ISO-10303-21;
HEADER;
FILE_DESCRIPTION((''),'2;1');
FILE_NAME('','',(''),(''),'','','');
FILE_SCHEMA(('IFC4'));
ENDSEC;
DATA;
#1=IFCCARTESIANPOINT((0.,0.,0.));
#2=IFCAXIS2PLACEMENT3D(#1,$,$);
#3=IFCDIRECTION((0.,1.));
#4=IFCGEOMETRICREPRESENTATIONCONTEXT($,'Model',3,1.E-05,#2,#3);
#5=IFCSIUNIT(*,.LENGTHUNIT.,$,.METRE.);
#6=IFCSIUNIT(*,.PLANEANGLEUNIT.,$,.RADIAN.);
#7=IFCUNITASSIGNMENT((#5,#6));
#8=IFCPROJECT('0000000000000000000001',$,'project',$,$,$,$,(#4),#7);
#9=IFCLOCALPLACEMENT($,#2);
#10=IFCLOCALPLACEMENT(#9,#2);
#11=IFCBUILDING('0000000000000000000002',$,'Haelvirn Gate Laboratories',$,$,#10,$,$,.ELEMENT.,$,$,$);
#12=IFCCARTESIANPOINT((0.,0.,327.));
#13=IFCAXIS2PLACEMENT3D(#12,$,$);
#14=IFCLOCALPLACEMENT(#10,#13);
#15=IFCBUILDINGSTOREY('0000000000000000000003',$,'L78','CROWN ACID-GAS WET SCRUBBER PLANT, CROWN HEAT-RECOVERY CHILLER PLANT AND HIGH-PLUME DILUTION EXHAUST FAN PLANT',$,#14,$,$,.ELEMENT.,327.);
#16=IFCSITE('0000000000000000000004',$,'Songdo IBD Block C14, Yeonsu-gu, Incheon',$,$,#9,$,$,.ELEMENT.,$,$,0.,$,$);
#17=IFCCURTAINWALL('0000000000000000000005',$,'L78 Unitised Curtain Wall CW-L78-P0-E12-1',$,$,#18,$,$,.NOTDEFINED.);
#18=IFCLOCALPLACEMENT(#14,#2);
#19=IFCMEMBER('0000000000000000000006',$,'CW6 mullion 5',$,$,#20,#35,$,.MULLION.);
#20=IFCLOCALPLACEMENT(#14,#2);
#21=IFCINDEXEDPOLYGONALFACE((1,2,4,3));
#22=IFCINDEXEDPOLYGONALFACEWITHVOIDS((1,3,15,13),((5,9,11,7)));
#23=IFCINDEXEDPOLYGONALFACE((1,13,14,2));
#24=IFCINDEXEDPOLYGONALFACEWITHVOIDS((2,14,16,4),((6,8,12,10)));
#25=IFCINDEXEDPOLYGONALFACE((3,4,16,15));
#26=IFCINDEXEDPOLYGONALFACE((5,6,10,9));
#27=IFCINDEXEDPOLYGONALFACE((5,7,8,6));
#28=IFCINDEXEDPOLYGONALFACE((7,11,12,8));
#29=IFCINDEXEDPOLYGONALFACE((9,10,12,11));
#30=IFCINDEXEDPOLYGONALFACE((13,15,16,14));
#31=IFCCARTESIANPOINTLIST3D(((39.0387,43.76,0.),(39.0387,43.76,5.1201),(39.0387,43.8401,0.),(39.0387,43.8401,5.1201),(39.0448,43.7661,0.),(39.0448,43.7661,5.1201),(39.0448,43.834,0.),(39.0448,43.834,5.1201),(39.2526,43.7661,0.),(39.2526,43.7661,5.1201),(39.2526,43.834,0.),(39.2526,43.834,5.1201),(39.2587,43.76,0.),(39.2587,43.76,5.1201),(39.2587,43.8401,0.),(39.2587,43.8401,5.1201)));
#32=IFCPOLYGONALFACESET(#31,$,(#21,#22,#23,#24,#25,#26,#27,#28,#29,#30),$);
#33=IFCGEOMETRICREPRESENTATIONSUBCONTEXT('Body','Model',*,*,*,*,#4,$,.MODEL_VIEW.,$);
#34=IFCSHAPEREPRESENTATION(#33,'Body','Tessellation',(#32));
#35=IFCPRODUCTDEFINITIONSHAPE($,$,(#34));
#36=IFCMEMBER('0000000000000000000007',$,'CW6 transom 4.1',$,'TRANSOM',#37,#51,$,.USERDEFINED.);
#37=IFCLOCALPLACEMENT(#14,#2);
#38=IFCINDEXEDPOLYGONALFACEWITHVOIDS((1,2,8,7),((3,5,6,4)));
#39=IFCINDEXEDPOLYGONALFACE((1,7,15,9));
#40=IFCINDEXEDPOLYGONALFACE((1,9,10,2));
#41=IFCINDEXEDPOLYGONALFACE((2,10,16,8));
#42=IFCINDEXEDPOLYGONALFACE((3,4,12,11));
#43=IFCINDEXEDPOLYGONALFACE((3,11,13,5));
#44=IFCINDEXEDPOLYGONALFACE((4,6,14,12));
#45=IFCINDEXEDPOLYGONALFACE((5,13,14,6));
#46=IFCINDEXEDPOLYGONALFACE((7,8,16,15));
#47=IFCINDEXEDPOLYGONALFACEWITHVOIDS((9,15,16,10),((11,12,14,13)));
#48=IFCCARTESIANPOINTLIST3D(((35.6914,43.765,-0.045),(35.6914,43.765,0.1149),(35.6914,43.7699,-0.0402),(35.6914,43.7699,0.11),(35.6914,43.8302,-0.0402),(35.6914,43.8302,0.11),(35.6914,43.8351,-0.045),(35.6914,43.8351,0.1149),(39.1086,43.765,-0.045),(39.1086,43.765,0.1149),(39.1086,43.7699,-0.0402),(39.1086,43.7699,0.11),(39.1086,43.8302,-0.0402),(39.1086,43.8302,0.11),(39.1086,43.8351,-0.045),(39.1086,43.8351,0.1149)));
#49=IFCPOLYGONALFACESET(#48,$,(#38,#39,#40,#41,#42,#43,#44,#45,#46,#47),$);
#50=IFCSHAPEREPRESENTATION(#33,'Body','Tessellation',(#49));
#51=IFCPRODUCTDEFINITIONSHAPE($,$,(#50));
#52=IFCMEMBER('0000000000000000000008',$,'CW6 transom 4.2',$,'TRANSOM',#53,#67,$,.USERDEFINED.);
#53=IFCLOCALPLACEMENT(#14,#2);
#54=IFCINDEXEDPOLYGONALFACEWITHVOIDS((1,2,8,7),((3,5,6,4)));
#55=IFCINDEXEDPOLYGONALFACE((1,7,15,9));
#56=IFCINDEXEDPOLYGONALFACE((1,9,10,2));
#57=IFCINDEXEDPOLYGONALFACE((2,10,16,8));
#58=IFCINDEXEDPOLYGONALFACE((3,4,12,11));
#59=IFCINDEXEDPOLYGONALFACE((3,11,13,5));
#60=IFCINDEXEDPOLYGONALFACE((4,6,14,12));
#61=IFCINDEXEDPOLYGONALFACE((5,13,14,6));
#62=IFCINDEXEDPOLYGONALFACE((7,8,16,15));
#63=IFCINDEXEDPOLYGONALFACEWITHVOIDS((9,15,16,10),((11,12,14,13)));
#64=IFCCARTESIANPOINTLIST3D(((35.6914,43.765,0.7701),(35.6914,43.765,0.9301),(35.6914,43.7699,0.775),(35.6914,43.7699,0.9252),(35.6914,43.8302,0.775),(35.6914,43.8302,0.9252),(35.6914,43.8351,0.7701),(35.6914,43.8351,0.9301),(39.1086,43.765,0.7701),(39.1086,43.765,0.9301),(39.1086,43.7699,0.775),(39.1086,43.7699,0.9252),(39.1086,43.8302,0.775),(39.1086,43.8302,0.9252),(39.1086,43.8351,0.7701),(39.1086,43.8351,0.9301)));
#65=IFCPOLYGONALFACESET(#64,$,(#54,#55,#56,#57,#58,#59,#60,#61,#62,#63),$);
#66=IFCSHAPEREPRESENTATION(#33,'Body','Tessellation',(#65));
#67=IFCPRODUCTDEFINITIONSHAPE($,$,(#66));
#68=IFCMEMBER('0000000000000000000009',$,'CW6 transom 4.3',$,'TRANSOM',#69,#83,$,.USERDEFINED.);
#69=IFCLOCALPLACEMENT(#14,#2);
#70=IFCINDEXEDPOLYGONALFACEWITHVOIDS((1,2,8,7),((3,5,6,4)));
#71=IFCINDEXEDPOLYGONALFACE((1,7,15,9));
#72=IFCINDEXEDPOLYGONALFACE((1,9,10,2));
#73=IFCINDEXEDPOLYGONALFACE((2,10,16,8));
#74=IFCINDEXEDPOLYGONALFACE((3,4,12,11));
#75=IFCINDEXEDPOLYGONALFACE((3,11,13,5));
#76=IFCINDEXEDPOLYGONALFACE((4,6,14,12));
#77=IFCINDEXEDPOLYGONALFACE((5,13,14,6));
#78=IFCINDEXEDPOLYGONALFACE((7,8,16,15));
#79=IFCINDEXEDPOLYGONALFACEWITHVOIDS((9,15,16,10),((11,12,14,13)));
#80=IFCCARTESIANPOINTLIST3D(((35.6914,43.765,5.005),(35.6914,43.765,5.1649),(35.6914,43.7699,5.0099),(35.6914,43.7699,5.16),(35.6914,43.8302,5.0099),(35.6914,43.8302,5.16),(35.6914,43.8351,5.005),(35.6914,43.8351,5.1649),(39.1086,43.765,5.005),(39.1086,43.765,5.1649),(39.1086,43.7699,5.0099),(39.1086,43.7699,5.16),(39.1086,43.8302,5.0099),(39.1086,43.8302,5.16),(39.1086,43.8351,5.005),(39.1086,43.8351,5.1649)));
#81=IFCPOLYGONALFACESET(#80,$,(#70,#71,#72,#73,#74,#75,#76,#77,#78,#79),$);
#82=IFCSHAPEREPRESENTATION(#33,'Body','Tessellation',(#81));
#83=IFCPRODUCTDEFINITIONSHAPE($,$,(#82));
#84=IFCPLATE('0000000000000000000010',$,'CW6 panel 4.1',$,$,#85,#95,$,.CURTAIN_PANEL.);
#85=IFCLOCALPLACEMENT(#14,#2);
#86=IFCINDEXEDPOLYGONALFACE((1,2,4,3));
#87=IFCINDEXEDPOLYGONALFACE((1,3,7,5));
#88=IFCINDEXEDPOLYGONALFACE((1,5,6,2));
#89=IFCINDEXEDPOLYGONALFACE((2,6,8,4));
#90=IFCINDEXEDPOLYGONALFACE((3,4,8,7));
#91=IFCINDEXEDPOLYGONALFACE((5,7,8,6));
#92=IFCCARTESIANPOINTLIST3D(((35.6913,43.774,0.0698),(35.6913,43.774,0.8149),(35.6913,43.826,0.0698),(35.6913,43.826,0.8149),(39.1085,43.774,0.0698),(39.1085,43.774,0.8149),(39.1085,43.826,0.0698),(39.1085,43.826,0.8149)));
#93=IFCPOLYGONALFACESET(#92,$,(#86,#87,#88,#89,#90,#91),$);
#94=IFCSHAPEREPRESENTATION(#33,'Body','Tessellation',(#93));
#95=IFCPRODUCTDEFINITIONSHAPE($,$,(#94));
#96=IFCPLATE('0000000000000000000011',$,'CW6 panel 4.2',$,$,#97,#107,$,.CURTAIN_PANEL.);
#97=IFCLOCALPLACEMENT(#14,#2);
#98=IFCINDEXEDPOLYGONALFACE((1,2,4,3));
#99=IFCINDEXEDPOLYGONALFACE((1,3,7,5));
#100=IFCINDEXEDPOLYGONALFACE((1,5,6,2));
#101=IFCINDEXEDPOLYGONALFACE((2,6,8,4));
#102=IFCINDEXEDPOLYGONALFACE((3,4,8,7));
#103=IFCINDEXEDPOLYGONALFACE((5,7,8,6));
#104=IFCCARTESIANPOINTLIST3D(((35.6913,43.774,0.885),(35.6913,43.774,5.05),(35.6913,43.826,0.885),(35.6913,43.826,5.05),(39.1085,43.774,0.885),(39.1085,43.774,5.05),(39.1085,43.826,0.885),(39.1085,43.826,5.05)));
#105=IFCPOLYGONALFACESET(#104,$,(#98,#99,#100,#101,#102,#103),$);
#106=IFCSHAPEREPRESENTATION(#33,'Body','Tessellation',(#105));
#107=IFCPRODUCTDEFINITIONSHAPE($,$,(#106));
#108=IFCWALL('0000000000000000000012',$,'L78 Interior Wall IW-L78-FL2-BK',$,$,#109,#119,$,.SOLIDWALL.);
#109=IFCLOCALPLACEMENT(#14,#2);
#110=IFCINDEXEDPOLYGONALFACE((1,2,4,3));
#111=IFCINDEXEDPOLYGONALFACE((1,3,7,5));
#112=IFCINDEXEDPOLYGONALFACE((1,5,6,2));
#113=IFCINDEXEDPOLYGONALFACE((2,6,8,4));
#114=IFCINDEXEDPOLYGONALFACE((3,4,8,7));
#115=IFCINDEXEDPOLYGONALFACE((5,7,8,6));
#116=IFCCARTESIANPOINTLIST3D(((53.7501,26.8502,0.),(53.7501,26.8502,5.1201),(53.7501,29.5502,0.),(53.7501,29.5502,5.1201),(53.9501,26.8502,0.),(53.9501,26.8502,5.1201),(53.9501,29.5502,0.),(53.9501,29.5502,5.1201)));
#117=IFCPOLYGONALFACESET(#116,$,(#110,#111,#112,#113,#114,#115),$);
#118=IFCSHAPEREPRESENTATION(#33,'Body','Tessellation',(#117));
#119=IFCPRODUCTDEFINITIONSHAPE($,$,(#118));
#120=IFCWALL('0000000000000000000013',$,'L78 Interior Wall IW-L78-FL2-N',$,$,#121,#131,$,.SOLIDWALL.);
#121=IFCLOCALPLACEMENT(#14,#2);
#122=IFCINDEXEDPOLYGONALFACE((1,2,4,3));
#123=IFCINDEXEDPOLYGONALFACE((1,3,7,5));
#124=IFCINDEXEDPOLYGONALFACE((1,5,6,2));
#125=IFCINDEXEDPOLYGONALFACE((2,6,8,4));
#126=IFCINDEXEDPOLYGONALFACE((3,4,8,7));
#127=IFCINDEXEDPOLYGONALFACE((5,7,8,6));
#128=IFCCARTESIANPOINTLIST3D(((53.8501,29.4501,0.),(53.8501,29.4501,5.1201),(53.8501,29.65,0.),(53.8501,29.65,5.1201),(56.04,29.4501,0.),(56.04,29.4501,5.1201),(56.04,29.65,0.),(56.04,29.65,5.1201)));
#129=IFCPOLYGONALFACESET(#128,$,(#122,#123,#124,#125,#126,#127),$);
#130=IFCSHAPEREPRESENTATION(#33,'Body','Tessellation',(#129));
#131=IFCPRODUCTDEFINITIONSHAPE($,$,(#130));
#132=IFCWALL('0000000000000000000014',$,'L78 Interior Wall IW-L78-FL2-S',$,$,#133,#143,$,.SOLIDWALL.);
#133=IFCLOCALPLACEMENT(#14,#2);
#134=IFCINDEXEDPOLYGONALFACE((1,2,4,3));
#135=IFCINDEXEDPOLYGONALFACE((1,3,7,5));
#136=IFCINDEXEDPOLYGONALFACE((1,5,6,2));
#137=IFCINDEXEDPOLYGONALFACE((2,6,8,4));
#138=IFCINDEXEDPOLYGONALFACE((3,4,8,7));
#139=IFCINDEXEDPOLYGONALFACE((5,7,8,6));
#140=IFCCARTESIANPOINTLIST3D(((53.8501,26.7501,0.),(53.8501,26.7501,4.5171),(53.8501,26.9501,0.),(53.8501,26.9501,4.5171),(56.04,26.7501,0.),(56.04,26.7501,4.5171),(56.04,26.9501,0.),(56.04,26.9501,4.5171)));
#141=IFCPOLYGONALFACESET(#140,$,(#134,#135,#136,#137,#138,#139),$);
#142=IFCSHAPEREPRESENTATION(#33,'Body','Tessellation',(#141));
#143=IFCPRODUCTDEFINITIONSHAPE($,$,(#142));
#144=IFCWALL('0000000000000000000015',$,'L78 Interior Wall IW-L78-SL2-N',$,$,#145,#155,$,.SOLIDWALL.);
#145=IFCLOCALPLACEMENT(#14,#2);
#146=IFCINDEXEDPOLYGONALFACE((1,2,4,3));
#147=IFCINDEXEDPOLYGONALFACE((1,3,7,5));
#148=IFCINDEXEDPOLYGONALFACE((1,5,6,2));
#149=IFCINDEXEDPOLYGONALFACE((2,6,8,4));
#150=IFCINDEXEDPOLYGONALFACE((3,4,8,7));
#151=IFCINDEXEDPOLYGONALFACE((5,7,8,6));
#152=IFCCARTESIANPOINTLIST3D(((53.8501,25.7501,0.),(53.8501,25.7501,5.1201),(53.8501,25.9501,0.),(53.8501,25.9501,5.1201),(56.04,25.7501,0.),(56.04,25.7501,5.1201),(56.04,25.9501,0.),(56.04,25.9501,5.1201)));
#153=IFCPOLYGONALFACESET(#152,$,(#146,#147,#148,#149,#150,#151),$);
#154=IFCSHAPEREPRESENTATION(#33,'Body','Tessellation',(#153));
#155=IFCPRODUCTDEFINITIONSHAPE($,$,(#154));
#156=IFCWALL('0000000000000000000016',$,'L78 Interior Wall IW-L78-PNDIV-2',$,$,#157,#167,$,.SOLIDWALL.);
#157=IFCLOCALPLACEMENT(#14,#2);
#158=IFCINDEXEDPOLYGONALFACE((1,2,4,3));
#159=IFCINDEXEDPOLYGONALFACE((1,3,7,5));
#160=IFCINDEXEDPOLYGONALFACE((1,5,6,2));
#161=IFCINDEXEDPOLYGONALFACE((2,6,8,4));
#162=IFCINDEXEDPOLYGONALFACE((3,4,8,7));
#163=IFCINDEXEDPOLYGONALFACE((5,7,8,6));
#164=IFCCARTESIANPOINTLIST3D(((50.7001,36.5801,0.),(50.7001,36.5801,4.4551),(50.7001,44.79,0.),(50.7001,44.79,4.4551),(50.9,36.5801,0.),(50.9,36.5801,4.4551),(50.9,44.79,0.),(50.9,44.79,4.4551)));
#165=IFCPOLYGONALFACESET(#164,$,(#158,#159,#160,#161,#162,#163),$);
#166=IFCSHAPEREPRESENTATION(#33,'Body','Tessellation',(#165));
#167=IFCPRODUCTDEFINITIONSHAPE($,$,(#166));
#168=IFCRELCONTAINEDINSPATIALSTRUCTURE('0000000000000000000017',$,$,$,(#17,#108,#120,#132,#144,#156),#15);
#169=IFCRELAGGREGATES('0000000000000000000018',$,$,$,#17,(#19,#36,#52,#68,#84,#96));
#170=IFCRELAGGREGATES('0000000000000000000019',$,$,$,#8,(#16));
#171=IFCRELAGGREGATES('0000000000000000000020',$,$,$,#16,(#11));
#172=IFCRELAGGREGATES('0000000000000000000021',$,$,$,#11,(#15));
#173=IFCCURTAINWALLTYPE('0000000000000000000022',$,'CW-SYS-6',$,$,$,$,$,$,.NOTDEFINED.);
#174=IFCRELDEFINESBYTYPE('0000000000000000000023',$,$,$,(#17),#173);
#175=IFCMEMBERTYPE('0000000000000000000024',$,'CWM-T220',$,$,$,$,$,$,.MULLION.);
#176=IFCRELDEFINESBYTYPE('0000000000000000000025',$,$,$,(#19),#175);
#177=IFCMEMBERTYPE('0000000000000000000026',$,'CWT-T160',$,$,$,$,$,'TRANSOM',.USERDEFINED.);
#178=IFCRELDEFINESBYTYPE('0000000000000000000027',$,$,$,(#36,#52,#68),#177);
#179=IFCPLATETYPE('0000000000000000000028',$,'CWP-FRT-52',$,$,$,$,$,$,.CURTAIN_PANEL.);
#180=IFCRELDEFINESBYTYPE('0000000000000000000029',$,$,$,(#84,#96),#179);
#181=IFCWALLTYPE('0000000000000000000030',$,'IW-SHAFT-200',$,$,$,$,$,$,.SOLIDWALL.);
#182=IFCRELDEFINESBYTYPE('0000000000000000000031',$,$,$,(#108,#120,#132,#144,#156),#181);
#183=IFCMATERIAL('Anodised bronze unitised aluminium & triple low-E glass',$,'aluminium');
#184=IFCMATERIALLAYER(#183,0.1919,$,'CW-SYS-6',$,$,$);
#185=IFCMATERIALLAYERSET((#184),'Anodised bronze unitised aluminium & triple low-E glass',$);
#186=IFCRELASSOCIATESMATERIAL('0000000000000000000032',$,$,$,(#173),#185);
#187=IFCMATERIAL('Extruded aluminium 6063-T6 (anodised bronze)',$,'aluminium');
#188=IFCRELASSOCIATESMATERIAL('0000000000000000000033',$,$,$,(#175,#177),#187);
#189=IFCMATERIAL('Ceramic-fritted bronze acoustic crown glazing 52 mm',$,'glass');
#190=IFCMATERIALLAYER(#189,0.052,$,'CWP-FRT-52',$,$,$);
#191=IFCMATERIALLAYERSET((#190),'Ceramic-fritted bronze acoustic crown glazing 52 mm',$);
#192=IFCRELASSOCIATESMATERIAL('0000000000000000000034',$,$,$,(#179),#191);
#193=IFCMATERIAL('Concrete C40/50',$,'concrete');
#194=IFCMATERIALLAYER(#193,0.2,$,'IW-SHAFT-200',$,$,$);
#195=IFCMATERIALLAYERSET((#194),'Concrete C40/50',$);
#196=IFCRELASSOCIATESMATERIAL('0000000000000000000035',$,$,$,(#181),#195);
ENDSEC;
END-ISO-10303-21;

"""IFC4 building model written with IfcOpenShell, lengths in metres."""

from ifc_helpers import new_model, si_unit, direction, frame, frame_2d, origin, origin_2d, place, context, subcontext, project, spatial, rectangle, hollow_rectangle, extrude, source, transform, mapped, material, layer, layer_set, material_profile, profile_set, type_object, type_shapes, element, aggregate, save


model = new_model("IFC4")

# Units and contexts
model_context = context("Model", 3, precision=1e-05, world=origin(), true_north=direction((0.0, 1.0)))
body_context = subcontext(model_context, "Body", "Model", "MODEL_VIEW")
ifc_project = project(units=[si_unit("LENGTHUNIT", "METRE"), si_unit("PLANEANGLEUNIT", "RADIAN")], contexts=[model_context])

# Site, building, storey
site_placement = place(None, origin())
site = spatial("IfcSite", under=ifc_project, at=site_placement, Name="Songdo IBD Block C14, Yeonsu-gu, Incheon", CompositionType="ELEMENT", RefElevation=0.0)
building_placement = place(site_placement, origin())
building = spatial("IfcBuilding", under=site, at=building_placement, Name="Haelvirn Gate Laboratories", CompositionType="ELEMENT")
storey_placement = place(building_placement, frame((0.0, 0.0, 327.0)))
storey = spatial("IfcBuildingStorey", under=building, at=storey_placement, Name="L78", Description="CROWN ACID-GAS WET SCRUBBER PLANT, CROWN HEAT-RECOVERY CHILLER PLANT AND HIGH-PLUME DILUTION EXHAUST FAN PLANT", CompositionType="ELEMENT", Elevation=327.0)

# Curtain wall, members, plates
ifc_material_1 = material(Name="Anodised bronze unitised aluminium & triple low-E glass", Category="aluminium")
ifc_layer_1 = layer(ifc_material_1, 0.1919, Name="CW-SYS-6")
ifc_layer_set_1 = layer_set([ifc_layer_1], Name="Anodised bronze unitised aluminium & triple low-E glass")
curtain_wall_type = type_object("IfcCurtainWallType", Name="CW-SYS-6", PredefinedType="NOTDEFINED", material=ifc_layer_set_1)
curtain_wall_placement = place(storey_placement, origin())
curtain_wall = element("IfcCurtainWall", 1, at=curtain_wall_placement, inside=storey, type_object=curtain_wall_type, Name="L78 Unitised Curtain Wall CW-L78-P0-E12-1", PredefinedType="NOTDEFINED")
ifc_material_2 = material(Name="Extruded aluminium 6063-T6 (anodised bronze)", Category="aluminium")
ifc_material_profile_1 = material_profile(ifc_material_2, hollow_rectangle(XDim=0.0801, YDim=0.22, WallThickness=0.0061, at=origin_2d()), Name="CWM-220x80x6")
ifc_profile_set_1 = profile_set([ifc_material_profile_1], Name="Extruded aluminium 6063-T6 (anodised bronze)")
member_type_1 = type_object("IfcMemberType", Name="CWM-T220", PredefinedType="MULLION", material=ifc_profile_set_1)
shared_shape_1 = source(origin(), body_context, "Body", "SweptSolid", [
    extrude(hollow_rectangle(XDim=0.0801, YDim=0.22, WallThickness=0.0061, at=origin_2d()), origin(), (0.0, 0.0, 1.0), 5.1201),
])
type_shapes(member_type_1, [shared_shape_1])
member_1_placement = place(storey_placement, frame((39.1487, 43.8, 0.0), z_axis=(0.0, 0.0, 1.0), x_axis=(0.0, 1.0, 0.0)))
member_1 = element("IfcMember", 2, at=member_1_placement, type_object=member_type_1, Name="CW6 mullion 5", PredefinedType="MULLION", context=body_context, shape_type="MappedRepresentation", body=[
    mapped(shared_shape_1, transform((0.0, 0.0, 0.0), scale=1.0)),
])
ifc_material_profile_2 = material_profile(ifc_material_2, hollow_rectangle(XDim=0.0701, YDim=0.1599, WallThickness=0.0049, at=origin_2d()), Name="CWT-160x70x5")
ifc_profile_set_2 = profile_set([ifc_material_profile_2], Name="Extruded aluminium 6063-T6 (anodised bronze)")
member_type_2 = type_object("IfcMemberType", Name="CWT-T160", ElementType="TRANSOM", PredefinedType="USERDEFINED", material=ifc_profile_set_2)
shared_shape_2 = source(origin(), body_context, "Body", "SweptSolid", [
    extrude(hollow_rectangle(XDim=0.0701, YDim=0.1599, WallThickness=0.0049, at=origin_2d()), origin(), (0.0, 0.0, 1.0), 3.4172),
])
type_shapes(member_type_2, [shared_shape_2])
member_2_placement = place(storey_placement, frame((35.6914, 43.8, 0.0349), z_axis=(1.0, 0.0, 0.0), x_axis=(0.0, 1.0, 0.0)))
member_2 = element("IfcMember", 3, at=member_2_placement, type_object=member_type_2, Name="CW6 transom 4.1", ObjectType="TRANSOM", PredefinedType="USERDEFINED", context=body_context, shape_type="MappedRepresentation", body=[
    mapped(shared_shape_2, transform((0.0, 0.0, 0.0), scale=1.0)),
])
member_3_placement = place(storey_placement, frame((35.6914, 43.8, 0.8501), z_axis=(1.0, 0.0, 0.0), x_axis=(0.0, 1.0, 0.0)))
member_3 = element("IfcMember", 4, at=member_3_placement, type_object=member_type_2, Name="CW6 transom 4.2", ObjectType="TRANSOM", PredefinedType="USERDEFINED", context=body_context, shape_type="MappedRepresentation", body=[
    mapped(shared_shape_2, transform((0.0, 0.0, 0.0), scale=1.0)),
])
member_4_placement = place(storey_placement, frame((35.6914, 43.8, 5.085), z_axis=(1.0, 0.0, 0.0), x_axis=(0.0, 1.0, 0.0)))
member_4 = element("IfcMember", 5, at=member_4_placement, type_object=member_type_2, Name="CW6 transom 4.3", ObjectType="TRANSOM", PredefinedType="USERDEFINED", context=body_context, shape_type="MappedRepresentation", body=[
    mapped(shared_shape_2, transform((0.0, 0.0, 0.0), scale=1.0)),
])
ifc_material_3 = material(Name="Ceramic-fritted bronze acoustic crown glazing 52 mm", Category="glass")
ifc_layer_2 = layer(ifc_material_3, 0.052, Name="CWP-FRT-52")
ifc_layer_set_2 = layer_set([ifc_layer_2], Name="Ceramic-fritted bronze acoustic crown glazing 52 mm")
plate_type = type_object("IfcPlateType", Name="CWP-FRT-52", PredefinedType="CURTAIN_PANEL", material=ifc_layer_set_2)
shared_shape_3 = source(origin(), body_context, "Body", "SweptSolid", [
    extrude(rectangle(XDim=3.4172, YDim=0.052, at=origin_2d()), origin(), (0.0, 0.0, 1.0), 0.7451),
])
plate_1_placement = place(storey_placement, frame((37.3999, 43.8, 0.0698), z_axis=(0.0, 0.0, 1.0), x_axis=(1.0, 0.0, 0.0)))
plate_1 = element("IfcPlate", 6, at=plate_1_placement, type_object=plate_type, Name="CW6 panel 4.1", PredefinedType="CURTAIN_PANEL", context=body_context, shape_type="MappedRepresentation", body=[
    mapped(shared_shape_3, transform((0.0, 0.0, 0.0), scale=1.0)),
])
shared_shape_4 = source(origin(), body_context, "Body", "SweptSolid", [
    extrude(rectangle(XDim=3.4172, YDim=0.052, at=origin_2d()), origin(), (0.0, 0.0, 1.0), 4.165),
])
type_shapes(plate_type, [shared_shape_3, shared_shape_4])
plate_2_placement = place(storey_placement, frame((37.3999, 43.8, 0.885), z_axis=(0.0, 0.0, 1.0), x_axis=(1.0, 0.0, 0.0)))
plate_2 = element("IfcPlate", 7, at=plate_2_placement, type_object=plate_type, Name="CW6 panel 4.2", PredefinedType="CURTAIN_PANEL", context=body_context, shape_type="MappedRepresentation", body=[
    mapped(shared_shape_4, transform((0.0, 0.0, 0.0), scale=1.0)),
])
aggregate(curtain_wall, [member_1, member_2, member_3, member_4, plate_1, plate_2])

# Walls
ifc_material_4 = material(Name="Concrete C40/50", Category="concrete")
ifc_layer_3 = layer(ifc_material_4, 0.2, Name="IW-SHAFT-200")
ifc_layer_set_3 = layer_set([ifc_layer_3], Name="Concrete C40/50")
wall_type_1 = type_object("IfcWallType", Name="IW-SHAFT-200", PredefinedType="SOLIDWALL", material=ifc_layer_set_3)
wall_1_placement = place(storey_placement, frame((53.8501, 26.8501, 0.0), z_axis=(0.0, 0.0, 1.0), x_axis=(0.0, 1.0, 0.0)))
element("IfcWall", 8, at=wall_1_placement, inside=storey, type_object=wall_type_1, Name="L78 Interior Wall IW-L78-FL2-BK", PredefinedType="SOLIDWALL", context=body_context, shape_type="SweptSolid", body=[
    extrude(rectangle(XDim=2.7, YDim=0.2, at=frame_2d((1.3501, 0.0))), origin(), (0.0, 0.0, 1.0), 5.1201),
])
wall_2_placement = place(storey_placement, frame((53.8501, 29.55, 0.0), z_axis=(0.0, 0.0, 1.0), x_axis=(1.0, 0.0, 0.0)))
element("IfcWall", 9, at=wall_2_placement, inside=storey, type_object=wall_type_1, Name="L78 Interior Wall IW-L78-FL2-N", PredefinedType="SOLIDWALL", context=body_context, shape_type="SweptSolid", body=[
    extrude(rectangle(XDim=2.1899, YDim=0.2, at=frame_2d((1.095, 0.0))), origin(), (0.0, 0.0, 1.0), 5.1201),
])
wall_3_placement = place(storey_placement, frame((53.8501, 26.8501, 0.0), z_axis=(0.0, 0.0, 1.0), x_axis=(1.0, 0.0, 0.0)))
element("IfcWall", 10, at=wall_3_placement, inside=storey, type_object=wall_type_1, Name="L78 Interior Wall IW-L78-FL2-S", PredefinedType="SOLIDWALL", context=body_context, shape_type="SweptSolid", body=[
    extrude(rectangle(XDim=2.1899, YDim=0.2, at=frame_2d((1.095, 0.0))), origin(), (0.0, 0.0, 1.0), 4.5171),
])
wall_4_placement = place(storey_placement, frame((53.8501, 25.8501, 0.0), z_axis=(0.0, 0.0, 1.0), x_axis=(1.0, 0.0, 0.0)))
element("IfcWall", 11, at=wall_4_placement, inside=storey, type_object=wall_type_1, Name="L78 Interior Wall IW-L78-SL2-N", PredefinedType="SOLIDWALL", context=body_context, shape_type="SweptSolid", body=[
    extrude(rectangle(XDim=2.1899, YDim=0.2, at=frame_2d((1.095, 0.0))), origin(), (0.0, 0.0, 1.0), 5.1201),
])
wall_5_placement = place(storey_placement, frame((50.8, 36.5801, 0.0), z_axis=(0.0, 0.0, 1.0), x_axis=(0.0, 1.0, 0.0)))
element("IfcWall", 12, at=wall_5_placement, inside=storey, type_object=wall_type_1, Name="L78 Interior Wall IW-L78-PNDIV-2", PredefinedType="SOLIDWALL", context=body_context, shape_type="SweptSolid", body=[
    extrude(rectangle(XDim=8.21, YDim=0.2, at=frame_2d((4.105, 0.0))), origin(), (0.0, 0.0, 1.0), 4.4551),
])

save(model, "model.ifc")
